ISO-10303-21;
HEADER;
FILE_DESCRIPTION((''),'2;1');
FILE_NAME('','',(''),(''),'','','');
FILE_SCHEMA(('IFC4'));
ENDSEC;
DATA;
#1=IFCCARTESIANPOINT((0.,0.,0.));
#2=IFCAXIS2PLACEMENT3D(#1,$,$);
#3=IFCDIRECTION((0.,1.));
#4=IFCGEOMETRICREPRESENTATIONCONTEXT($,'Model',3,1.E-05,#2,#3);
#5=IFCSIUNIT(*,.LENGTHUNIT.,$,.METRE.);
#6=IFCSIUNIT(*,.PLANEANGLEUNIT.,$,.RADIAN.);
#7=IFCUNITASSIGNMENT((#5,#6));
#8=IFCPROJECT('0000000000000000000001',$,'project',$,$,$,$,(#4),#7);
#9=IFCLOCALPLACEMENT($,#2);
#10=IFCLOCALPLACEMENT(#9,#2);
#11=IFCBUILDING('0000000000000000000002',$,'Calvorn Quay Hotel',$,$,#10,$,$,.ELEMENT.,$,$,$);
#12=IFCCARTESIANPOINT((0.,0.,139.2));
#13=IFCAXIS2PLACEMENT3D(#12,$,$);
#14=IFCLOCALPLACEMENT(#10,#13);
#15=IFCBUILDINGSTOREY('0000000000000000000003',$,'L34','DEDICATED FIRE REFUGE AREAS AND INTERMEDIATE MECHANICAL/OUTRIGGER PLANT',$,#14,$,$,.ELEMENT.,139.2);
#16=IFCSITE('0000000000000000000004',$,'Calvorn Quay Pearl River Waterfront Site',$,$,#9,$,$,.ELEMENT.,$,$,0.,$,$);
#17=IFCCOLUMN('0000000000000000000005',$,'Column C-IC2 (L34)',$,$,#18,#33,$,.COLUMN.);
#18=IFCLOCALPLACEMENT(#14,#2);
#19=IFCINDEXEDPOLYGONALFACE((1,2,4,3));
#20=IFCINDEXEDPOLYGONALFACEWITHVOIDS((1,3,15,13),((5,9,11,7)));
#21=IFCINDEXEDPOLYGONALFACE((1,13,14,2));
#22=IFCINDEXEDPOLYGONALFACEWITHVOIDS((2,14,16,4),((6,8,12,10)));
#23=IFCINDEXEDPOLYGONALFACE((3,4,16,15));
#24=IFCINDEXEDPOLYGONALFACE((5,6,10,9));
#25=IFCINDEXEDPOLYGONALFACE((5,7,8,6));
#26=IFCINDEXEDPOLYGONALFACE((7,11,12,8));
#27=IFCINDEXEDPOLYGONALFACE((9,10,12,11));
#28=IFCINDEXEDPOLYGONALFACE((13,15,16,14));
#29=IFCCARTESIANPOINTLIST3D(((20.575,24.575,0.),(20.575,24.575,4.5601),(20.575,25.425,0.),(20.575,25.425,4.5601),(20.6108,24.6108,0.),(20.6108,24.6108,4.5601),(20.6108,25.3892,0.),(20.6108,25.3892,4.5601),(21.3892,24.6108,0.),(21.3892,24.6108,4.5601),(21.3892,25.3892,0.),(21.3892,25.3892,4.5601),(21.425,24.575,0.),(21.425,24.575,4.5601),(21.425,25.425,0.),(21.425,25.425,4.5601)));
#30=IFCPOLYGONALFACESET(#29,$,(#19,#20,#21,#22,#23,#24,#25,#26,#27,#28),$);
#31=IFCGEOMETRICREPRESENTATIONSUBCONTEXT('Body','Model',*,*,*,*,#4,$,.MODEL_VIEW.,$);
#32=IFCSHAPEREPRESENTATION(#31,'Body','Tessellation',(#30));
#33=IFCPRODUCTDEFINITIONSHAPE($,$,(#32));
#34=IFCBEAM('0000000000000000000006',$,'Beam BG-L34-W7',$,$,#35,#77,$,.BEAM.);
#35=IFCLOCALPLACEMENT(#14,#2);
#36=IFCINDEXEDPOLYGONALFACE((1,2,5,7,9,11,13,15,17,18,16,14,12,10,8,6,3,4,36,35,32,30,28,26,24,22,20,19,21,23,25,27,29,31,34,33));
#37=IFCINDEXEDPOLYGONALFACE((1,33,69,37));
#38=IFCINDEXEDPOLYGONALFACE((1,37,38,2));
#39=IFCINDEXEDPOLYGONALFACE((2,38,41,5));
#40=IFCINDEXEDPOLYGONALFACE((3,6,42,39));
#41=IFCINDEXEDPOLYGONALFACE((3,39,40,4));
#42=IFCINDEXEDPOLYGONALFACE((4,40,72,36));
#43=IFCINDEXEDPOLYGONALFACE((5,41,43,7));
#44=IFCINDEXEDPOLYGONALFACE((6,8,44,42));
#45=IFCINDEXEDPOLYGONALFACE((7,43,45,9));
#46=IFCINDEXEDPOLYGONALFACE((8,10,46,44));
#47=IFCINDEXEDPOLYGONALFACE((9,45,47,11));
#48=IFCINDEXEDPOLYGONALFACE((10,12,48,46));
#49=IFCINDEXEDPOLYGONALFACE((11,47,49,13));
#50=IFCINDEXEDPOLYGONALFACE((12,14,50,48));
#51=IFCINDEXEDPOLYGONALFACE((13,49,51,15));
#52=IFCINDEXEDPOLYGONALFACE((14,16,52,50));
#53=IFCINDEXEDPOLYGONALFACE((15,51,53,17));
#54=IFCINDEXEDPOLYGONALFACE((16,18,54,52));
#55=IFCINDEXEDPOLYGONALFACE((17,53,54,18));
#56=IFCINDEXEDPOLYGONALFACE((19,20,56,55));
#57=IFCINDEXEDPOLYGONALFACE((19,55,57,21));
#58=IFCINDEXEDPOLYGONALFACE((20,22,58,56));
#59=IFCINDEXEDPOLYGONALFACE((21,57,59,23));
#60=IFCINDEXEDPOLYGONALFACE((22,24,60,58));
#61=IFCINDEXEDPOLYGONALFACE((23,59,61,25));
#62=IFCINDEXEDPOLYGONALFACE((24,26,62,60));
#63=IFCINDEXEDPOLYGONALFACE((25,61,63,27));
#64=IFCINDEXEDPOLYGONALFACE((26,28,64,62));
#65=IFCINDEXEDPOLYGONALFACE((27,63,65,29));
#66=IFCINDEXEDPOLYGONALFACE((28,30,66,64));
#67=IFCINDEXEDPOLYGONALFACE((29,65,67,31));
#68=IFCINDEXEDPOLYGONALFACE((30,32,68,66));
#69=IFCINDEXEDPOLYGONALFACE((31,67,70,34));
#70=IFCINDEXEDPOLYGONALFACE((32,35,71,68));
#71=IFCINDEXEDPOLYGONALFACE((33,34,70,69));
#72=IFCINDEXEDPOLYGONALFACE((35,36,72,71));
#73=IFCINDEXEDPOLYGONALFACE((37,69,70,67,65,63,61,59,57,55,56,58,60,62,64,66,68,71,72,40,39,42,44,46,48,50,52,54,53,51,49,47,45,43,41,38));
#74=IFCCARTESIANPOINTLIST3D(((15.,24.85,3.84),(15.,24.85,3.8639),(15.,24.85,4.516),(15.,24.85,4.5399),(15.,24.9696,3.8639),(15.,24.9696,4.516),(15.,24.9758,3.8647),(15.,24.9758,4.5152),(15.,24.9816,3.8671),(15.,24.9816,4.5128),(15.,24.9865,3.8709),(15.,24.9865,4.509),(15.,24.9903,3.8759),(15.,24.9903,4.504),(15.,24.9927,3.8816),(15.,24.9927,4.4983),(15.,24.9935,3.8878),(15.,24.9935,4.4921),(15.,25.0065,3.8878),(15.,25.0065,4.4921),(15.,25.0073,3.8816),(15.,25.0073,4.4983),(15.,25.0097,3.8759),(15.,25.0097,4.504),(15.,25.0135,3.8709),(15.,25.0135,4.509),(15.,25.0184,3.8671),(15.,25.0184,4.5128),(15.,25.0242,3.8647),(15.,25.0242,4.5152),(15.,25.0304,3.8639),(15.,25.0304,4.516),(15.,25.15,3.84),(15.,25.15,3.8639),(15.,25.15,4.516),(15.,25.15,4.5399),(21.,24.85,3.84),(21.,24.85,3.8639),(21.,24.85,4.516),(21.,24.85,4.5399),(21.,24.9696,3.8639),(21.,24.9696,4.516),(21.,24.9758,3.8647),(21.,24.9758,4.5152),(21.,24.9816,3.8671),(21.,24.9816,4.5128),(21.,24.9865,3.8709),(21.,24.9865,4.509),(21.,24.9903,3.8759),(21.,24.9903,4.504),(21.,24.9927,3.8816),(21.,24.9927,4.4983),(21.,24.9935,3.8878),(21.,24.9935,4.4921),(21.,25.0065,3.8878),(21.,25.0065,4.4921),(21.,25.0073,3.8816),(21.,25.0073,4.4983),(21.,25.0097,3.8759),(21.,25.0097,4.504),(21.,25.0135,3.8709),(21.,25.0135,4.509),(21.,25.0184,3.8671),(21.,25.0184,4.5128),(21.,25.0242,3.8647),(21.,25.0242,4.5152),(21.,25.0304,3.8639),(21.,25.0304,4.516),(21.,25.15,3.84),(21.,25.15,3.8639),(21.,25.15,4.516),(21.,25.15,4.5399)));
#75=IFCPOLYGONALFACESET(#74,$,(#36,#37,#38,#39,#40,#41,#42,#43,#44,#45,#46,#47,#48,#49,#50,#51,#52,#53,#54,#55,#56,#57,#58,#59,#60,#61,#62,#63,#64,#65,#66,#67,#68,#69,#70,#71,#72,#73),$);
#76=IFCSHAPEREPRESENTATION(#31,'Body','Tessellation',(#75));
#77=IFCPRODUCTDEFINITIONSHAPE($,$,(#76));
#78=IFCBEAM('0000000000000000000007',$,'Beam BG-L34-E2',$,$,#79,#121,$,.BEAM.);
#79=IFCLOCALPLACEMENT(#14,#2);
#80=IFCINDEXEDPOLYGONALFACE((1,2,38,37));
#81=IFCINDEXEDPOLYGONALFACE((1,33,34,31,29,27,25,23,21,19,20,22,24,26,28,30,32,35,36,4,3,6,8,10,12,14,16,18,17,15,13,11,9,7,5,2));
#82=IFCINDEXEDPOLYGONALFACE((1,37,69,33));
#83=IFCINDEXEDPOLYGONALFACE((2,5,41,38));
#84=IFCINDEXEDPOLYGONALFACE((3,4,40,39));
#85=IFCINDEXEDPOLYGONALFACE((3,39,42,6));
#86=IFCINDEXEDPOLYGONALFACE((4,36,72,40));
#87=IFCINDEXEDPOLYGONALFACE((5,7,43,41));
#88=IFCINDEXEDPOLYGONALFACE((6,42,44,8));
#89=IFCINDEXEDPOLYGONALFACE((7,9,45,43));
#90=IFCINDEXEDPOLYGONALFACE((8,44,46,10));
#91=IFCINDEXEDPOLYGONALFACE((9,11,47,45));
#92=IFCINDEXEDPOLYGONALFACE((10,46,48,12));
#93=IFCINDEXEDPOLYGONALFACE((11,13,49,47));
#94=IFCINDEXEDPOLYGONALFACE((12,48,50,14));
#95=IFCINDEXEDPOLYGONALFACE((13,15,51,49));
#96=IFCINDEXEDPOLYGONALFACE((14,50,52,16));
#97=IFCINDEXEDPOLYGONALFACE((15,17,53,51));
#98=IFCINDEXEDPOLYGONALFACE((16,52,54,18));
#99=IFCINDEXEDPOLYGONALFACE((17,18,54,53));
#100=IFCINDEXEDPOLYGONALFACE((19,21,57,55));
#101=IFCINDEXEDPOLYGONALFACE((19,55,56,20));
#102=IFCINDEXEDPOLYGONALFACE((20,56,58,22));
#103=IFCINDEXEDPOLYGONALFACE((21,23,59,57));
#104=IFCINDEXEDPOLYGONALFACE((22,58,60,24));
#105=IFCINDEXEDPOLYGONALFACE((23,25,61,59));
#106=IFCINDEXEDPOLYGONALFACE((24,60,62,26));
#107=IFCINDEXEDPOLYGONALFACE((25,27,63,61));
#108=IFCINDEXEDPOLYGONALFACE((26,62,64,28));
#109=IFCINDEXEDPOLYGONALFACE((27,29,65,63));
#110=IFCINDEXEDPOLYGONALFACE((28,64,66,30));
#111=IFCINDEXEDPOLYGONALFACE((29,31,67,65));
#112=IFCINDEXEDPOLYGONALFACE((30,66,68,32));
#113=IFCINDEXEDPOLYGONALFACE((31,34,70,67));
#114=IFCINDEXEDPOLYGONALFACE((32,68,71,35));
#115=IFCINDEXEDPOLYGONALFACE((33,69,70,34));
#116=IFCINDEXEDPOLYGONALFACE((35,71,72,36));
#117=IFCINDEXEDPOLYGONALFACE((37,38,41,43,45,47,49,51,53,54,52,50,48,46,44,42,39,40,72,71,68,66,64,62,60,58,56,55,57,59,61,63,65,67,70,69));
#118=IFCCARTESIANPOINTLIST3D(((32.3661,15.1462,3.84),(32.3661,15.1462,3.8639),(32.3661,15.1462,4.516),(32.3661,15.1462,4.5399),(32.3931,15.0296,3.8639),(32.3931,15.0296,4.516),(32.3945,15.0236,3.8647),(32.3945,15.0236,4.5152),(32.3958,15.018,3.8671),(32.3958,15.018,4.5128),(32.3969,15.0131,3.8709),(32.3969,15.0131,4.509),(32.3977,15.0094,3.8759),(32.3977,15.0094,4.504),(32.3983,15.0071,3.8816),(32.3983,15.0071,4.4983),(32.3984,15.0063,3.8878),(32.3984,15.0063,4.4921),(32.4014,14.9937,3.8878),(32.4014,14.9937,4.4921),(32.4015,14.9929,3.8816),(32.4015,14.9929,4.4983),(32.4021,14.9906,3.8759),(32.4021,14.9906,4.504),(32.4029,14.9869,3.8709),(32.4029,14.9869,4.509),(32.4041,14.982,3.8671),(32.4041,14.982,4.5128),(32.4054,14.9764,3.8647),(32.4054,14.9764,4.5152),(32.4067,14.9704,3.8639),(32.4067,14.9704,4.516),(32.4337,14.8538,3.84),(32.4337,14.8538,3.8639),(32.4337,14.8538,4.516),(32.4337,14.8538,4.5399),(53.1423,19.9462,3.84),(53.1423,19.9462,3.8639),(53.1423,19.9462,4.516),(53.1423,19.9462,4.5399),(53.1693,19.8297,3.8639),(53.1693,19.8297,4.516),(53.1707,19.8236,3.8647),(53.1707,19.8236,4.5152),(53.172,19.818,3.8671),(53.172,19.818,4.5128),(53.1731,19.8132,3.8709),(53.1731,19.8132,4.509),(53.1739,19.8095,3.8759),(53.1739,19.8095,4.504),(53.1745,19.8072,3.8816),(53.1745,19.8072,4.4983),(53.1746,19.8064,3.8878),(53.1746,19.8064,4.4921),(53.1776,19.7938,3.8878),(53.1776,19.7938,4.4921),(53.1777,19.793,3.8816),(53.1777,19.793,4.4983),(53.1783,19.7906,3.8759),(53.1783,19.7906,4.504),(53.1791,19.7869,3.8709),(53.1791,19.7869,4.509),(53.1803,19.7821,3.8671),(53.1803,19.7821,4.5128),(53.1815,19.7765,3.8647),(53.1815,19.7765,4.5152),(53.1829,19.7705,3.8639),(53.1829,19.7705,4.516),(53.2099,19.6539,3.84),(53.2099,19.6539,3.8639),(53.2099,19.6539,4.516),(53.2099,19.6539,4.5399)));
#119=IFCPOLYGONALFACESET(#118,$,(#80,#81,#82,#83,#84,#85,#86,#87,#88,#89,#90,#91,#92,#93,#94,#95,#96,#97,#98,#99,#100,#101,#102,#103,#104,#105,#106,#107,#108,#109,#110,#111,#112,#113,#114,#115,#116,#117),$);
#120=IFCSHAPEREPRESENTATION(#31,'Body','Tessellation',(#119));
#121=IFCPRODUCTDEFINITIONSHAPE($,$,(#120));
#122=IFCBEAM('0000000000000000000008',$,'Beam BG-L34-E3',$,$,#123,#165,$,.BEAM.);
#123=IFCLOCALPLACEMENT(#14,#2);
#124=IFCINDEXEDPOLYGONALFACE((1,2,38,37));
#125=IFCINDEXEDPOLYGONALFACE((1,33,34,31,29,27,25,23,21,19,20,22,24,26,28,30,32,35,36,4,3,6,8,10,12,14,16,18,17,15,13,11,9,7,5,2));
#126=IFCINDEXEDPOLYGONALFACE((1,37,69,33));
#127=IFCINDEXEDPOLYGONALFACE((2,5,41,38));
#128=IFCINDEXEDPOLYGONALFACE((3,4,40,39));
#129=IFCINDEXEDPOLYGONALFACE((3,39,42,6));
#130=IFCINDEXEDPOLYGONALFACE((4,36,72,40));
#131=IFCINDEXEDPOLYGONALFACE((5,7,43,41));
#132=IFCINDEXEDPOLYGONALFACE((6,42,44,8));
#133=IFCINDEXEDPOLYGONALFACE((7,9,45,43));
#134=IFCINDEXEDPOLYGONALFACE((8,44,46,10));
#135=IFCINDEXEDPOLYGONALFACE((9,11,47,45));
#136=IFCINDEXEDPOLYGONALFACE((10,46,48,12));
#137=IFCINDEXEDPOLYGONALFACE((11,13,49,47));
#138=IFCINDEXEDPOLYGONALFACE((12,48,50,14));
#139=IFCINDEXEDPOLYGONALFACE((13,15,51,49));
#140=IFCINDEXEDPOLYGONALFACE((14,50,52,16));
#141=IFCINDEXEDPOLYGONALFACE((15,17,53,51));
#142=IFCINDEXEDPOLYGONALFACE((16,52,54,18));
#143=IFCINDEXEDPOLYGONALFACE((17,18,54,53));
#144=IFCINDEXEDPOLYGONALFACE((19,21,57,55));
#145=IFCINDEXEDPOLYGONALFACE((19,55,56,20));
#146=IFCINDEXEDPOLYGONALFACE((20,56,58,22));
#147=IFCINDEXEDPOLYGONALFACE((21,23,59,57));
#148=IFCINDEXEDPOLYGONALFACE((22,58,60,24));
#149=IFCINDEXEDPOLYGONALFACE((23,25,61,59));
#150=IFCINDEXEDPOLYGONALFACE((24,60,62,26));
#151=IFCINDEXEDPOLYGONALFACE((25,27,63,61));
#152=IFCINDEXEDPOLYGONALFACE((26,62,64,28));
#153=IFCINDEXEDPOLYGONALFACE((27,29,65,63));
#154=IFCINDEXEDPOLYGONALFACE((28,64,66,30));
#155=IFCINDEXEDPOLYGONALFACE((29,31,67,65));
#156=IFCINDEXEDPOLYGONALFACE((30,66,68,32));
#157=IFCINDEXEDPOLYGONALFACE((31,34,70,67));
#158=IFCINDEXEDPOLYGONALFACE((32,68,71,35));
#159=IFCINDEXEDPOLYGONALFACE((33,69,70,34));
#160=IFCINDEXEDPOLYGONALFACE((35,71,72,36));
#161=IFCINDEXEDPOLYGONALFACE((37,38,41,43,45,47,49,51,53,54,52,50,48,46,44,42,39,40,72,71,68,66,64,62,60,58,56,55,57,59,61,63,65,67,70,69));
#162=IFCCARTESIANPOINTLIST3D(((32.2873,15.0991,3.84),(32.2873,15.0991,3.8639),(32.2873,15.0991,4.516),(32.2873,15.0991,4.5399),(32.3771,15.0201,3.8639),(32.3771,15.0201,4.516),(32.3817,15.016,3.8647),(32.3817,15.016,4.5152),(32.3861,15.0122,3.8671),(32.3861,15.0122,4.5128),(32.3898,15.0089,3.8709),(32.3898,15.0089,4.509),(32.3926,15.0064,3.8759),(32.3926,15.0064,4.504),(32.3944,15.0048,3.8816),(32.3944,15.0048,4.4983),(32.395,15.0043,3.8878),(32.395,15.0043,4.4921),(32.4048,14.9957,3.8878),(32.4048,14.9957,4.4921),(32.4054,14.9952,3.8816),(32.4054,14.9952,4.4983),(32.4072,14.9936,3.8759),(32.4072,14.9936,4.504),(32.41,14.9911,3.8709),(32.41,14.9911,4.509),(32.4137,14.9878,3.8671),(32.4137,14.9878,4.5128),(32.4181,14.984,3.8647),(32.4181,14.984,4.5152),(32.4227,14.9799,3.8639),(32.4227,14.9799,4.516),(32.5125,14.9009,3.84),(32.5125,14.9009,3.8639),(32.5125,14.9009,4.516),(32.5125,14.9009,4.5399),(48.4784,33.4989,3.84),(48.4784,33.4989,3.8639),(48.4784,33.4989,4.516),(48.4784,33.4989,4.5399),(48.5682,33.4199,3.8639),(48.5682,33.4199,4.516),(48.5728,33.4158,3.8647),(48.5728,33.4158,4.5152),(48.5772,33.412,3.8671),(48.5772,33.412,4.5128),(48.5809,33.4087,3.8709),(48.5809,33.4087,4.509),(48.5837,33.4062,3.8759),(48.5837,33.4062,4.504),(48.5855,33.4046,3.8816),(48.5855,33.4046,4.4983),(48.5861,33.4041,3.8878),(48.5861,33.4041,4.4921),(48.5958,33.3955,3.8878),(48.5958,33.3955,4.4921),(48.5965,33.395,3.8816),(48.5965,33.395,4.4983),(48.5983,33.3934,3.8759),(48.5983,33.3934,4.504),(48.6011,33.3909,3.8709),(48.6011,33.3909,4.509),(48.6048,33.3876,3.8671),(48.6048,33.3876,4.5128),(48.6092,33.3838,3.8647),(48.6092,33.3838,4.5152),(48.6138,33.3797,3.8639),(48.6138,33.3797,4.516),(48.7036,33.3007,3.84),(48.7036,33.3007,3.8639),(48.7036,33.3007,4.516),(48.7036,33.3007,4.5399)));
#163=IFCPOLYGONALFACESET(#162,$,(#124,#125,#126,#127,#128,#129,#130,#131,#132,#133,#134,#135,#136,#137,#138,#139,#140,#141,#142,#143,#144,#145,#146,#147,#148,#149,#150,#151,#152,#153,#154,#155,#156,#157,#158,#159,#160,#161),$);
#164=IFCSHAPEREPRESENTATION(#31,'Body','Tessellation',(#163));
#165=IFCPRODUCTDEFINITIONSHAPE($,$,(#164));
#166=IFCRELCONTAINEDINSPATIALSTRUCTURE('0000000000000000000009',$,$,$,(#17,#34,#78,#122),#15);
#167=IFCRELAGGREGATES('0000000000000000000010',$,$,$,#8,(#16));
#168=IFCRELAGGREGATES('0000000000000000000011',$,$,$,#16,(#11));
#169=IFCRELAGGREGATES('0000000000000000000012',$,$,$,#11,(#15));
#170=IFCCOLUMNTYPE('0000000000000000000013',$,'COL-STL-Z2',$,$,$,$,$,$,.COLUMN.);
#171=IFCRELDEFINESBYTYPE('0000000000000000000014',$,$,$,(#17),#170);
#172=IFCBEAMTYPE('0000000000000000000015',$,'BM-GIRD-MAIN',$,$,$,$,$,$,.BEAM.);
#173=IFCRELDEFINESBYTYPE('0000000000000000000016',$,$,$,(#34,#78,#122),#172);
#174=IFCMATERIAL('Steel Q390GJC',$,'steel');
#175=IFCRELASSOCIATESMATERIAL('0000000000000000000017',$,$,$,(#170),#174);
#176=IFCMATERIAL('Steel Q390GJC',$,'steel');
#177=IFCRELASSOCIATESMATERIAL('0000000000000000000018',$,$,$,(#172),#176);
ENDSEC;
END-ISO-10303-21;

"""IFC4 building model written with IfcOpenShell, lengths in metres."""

from ifc_helpers import new_model, si_unit, direction, frame, origin, origin_2d, place, context, subcontext, project, spatial, hollow_rectangle, i_section, extrude, material, material_profile, profile_set, type_object, element, save


model = new_model("IFC4")

# Units and contexts
model_context = context("Model", 3, precision=1e-05, world=origin(), true_north=direction((0.0, 1.0)))
body_context = subcontext(model_context, "Body", "Model", "MODEL_VIEW")
ifc_project = project(units=[si_unit("LENGTHUNIT", "METRE"), si_unit("PLANEANGLEUNIT", "RADIAN")], contexts=[model_context])

# Site, building, storey
site_placement = place(None, origin())
site = spatial("IfcSite", under=ifc_project, at=site_placement, Name="Calvorn Quay Pearl River Waterfront Site", CompositionType="ELEMENT", RefElevation=0.0)
building_placement = place(site_placement, origin())
building = spatial("IfcBuilding", under=site, at=building_placement, Name="Calvorn Quay Hotel", CompositionType="ELEMENT")
storey_placement = place(building_placement, frame((0.0, 0.0, 139.2)))
storey = spatial("IfcBuildingStorey", under=building, at=storey_placement, Name="L34", Description="DEDICATED FIRE REFUGE AREAS AND INTERMEDIATE MECHANICAL/OUTRIGGER PLANT", CompositionType="ELEMENT", Elevation=139.2)

# Column
ifc_material_1 = material(Name="Steel Q390GJC", Category="steel")
ifc_material_profile_1 = material_profile(ifc_material_1, hollow_rectangle(XDim=0.8501, YDim=0.8501, WallThickness=0.0359, at=origin_2d()), Name="BOX850x850x36")
ifc_profile_set_1 = profile_set([ifc_material_profile_1], Name="Steel Q390GJC")
column_type = type_object("IfcColumnType", Name="COL-STL-Z2", PredefinedType="COLUMN", material=ifc_profile_set_1)
column_placement = place(storey_placement, frame((21.0, 25.0, 0.0), z_axis=(0.0, 0.0, 1.0), x_axis=(1.0, 0.0, 0.0)))
element("IfcColumn", 1, at=column_placement, inside=storey, type_object=column_type, Name="Column C-IC2 (L34)", PredefinedType="COLUMN", context=body_context, shape_type="SweptSolid", body=[
    extrude(hollow_rectangle(XDim=0.8501, YDim=0.8501, WallThickness=0.0359, at=origin_2d()), origin(), (0.0, 0.0, 1.0), 4.5601),
])

# Beams
ifc_material_2 = material(Name="Steel Q390GJC", Category="steel")
ifc_material_profile_2 = material_profile(ifc_material_2, i_section(OverallWidth=0.3, OverallDepth=0.7, WebThickness=0.0129, FlangeThickness=0.0239, FilletRadius=0.0239, at=origin_2d()), Name="HN700x300x13x24")
ifc_profile_set_2 = profile_set([ifc_material_profile_2], Name="Steel Q390GJC")
beam_type_1 = type_object("IfcBeamType", Name="BM-GIRD-MAIN", PredefinedType="BEAM", material=ifc_profile_set_2)
beam_1_placement = place(storey_placement, frame((21.0, 25.0, 4.1899), z_axis=(-1.0, 0.0, 0.0), x_axis=(0.0, -1.0, 0.0)))
element("IfcBeam", 2, at=beam_1_placement, inside=storey, type_object=beam_type_1, Name="Beam BG-L34-W7", PredefinedType="BEAM", context=body_context, shape_type="SweptSolid", body=[
    extrude(i_section(OverallWidth=0.3, OverallDepth=0.7, WebThickness=0.0129, FlangeThickness=0.0239, FilletRadius=0.0239, at=origin_2d()), origin(), (0.0, 0.0, 1.0), 6.0),
])
beam_2_placement = place(storey_placement, frame((32.3999, 15.0, 4.1899), z_axis=(0.974334, 0.225107, 0.0), x_axis=(-0.225107, 0.974334, 0.0)))
element("IfcBeam", 3, at=beam_2_placement, inside=storey, type_object=beam_type_1, Name="Beam BG-L34-E2", PredefinedType="BEAM", context=body_context, shape_type="SweptSolid", body=[
    extrude(i_section(OverallWidth=0.3, OverallDepth=0.7, WebThickness=0.0129, FlangeThickness=0.0239, FilletRadius=0.0239, at=origin_2d()), origin(), (0.0, 0.0, 1.0), 21.3235),
])
beam_3_placement = place(storey_placement, frame((32.3999, 15.0, 4.1899), z_axis=(0.660611, 0.750729, 0.0), x_axis=(-0.750729, 0.660611, 0.0)))
element("IfcBeam", 4, at=beam_3_placement, inside=storey, type_object=beam_type_1, Name="Beam BG-L34-E3", PredefinedType="BEAM", context=body_context, shape_type="SweptSolid", body=[
    extrude(i_section(OverallWidth=0.3, OverallDepth=0.7, WebThickness=0.0129, FlangeThickness=0.0239, FilletRadius=0.0239, at=origin_2d()), origin(), (0.0, 0.0, 1.0), 24.5093),
])

save(model, "model.ifc")
